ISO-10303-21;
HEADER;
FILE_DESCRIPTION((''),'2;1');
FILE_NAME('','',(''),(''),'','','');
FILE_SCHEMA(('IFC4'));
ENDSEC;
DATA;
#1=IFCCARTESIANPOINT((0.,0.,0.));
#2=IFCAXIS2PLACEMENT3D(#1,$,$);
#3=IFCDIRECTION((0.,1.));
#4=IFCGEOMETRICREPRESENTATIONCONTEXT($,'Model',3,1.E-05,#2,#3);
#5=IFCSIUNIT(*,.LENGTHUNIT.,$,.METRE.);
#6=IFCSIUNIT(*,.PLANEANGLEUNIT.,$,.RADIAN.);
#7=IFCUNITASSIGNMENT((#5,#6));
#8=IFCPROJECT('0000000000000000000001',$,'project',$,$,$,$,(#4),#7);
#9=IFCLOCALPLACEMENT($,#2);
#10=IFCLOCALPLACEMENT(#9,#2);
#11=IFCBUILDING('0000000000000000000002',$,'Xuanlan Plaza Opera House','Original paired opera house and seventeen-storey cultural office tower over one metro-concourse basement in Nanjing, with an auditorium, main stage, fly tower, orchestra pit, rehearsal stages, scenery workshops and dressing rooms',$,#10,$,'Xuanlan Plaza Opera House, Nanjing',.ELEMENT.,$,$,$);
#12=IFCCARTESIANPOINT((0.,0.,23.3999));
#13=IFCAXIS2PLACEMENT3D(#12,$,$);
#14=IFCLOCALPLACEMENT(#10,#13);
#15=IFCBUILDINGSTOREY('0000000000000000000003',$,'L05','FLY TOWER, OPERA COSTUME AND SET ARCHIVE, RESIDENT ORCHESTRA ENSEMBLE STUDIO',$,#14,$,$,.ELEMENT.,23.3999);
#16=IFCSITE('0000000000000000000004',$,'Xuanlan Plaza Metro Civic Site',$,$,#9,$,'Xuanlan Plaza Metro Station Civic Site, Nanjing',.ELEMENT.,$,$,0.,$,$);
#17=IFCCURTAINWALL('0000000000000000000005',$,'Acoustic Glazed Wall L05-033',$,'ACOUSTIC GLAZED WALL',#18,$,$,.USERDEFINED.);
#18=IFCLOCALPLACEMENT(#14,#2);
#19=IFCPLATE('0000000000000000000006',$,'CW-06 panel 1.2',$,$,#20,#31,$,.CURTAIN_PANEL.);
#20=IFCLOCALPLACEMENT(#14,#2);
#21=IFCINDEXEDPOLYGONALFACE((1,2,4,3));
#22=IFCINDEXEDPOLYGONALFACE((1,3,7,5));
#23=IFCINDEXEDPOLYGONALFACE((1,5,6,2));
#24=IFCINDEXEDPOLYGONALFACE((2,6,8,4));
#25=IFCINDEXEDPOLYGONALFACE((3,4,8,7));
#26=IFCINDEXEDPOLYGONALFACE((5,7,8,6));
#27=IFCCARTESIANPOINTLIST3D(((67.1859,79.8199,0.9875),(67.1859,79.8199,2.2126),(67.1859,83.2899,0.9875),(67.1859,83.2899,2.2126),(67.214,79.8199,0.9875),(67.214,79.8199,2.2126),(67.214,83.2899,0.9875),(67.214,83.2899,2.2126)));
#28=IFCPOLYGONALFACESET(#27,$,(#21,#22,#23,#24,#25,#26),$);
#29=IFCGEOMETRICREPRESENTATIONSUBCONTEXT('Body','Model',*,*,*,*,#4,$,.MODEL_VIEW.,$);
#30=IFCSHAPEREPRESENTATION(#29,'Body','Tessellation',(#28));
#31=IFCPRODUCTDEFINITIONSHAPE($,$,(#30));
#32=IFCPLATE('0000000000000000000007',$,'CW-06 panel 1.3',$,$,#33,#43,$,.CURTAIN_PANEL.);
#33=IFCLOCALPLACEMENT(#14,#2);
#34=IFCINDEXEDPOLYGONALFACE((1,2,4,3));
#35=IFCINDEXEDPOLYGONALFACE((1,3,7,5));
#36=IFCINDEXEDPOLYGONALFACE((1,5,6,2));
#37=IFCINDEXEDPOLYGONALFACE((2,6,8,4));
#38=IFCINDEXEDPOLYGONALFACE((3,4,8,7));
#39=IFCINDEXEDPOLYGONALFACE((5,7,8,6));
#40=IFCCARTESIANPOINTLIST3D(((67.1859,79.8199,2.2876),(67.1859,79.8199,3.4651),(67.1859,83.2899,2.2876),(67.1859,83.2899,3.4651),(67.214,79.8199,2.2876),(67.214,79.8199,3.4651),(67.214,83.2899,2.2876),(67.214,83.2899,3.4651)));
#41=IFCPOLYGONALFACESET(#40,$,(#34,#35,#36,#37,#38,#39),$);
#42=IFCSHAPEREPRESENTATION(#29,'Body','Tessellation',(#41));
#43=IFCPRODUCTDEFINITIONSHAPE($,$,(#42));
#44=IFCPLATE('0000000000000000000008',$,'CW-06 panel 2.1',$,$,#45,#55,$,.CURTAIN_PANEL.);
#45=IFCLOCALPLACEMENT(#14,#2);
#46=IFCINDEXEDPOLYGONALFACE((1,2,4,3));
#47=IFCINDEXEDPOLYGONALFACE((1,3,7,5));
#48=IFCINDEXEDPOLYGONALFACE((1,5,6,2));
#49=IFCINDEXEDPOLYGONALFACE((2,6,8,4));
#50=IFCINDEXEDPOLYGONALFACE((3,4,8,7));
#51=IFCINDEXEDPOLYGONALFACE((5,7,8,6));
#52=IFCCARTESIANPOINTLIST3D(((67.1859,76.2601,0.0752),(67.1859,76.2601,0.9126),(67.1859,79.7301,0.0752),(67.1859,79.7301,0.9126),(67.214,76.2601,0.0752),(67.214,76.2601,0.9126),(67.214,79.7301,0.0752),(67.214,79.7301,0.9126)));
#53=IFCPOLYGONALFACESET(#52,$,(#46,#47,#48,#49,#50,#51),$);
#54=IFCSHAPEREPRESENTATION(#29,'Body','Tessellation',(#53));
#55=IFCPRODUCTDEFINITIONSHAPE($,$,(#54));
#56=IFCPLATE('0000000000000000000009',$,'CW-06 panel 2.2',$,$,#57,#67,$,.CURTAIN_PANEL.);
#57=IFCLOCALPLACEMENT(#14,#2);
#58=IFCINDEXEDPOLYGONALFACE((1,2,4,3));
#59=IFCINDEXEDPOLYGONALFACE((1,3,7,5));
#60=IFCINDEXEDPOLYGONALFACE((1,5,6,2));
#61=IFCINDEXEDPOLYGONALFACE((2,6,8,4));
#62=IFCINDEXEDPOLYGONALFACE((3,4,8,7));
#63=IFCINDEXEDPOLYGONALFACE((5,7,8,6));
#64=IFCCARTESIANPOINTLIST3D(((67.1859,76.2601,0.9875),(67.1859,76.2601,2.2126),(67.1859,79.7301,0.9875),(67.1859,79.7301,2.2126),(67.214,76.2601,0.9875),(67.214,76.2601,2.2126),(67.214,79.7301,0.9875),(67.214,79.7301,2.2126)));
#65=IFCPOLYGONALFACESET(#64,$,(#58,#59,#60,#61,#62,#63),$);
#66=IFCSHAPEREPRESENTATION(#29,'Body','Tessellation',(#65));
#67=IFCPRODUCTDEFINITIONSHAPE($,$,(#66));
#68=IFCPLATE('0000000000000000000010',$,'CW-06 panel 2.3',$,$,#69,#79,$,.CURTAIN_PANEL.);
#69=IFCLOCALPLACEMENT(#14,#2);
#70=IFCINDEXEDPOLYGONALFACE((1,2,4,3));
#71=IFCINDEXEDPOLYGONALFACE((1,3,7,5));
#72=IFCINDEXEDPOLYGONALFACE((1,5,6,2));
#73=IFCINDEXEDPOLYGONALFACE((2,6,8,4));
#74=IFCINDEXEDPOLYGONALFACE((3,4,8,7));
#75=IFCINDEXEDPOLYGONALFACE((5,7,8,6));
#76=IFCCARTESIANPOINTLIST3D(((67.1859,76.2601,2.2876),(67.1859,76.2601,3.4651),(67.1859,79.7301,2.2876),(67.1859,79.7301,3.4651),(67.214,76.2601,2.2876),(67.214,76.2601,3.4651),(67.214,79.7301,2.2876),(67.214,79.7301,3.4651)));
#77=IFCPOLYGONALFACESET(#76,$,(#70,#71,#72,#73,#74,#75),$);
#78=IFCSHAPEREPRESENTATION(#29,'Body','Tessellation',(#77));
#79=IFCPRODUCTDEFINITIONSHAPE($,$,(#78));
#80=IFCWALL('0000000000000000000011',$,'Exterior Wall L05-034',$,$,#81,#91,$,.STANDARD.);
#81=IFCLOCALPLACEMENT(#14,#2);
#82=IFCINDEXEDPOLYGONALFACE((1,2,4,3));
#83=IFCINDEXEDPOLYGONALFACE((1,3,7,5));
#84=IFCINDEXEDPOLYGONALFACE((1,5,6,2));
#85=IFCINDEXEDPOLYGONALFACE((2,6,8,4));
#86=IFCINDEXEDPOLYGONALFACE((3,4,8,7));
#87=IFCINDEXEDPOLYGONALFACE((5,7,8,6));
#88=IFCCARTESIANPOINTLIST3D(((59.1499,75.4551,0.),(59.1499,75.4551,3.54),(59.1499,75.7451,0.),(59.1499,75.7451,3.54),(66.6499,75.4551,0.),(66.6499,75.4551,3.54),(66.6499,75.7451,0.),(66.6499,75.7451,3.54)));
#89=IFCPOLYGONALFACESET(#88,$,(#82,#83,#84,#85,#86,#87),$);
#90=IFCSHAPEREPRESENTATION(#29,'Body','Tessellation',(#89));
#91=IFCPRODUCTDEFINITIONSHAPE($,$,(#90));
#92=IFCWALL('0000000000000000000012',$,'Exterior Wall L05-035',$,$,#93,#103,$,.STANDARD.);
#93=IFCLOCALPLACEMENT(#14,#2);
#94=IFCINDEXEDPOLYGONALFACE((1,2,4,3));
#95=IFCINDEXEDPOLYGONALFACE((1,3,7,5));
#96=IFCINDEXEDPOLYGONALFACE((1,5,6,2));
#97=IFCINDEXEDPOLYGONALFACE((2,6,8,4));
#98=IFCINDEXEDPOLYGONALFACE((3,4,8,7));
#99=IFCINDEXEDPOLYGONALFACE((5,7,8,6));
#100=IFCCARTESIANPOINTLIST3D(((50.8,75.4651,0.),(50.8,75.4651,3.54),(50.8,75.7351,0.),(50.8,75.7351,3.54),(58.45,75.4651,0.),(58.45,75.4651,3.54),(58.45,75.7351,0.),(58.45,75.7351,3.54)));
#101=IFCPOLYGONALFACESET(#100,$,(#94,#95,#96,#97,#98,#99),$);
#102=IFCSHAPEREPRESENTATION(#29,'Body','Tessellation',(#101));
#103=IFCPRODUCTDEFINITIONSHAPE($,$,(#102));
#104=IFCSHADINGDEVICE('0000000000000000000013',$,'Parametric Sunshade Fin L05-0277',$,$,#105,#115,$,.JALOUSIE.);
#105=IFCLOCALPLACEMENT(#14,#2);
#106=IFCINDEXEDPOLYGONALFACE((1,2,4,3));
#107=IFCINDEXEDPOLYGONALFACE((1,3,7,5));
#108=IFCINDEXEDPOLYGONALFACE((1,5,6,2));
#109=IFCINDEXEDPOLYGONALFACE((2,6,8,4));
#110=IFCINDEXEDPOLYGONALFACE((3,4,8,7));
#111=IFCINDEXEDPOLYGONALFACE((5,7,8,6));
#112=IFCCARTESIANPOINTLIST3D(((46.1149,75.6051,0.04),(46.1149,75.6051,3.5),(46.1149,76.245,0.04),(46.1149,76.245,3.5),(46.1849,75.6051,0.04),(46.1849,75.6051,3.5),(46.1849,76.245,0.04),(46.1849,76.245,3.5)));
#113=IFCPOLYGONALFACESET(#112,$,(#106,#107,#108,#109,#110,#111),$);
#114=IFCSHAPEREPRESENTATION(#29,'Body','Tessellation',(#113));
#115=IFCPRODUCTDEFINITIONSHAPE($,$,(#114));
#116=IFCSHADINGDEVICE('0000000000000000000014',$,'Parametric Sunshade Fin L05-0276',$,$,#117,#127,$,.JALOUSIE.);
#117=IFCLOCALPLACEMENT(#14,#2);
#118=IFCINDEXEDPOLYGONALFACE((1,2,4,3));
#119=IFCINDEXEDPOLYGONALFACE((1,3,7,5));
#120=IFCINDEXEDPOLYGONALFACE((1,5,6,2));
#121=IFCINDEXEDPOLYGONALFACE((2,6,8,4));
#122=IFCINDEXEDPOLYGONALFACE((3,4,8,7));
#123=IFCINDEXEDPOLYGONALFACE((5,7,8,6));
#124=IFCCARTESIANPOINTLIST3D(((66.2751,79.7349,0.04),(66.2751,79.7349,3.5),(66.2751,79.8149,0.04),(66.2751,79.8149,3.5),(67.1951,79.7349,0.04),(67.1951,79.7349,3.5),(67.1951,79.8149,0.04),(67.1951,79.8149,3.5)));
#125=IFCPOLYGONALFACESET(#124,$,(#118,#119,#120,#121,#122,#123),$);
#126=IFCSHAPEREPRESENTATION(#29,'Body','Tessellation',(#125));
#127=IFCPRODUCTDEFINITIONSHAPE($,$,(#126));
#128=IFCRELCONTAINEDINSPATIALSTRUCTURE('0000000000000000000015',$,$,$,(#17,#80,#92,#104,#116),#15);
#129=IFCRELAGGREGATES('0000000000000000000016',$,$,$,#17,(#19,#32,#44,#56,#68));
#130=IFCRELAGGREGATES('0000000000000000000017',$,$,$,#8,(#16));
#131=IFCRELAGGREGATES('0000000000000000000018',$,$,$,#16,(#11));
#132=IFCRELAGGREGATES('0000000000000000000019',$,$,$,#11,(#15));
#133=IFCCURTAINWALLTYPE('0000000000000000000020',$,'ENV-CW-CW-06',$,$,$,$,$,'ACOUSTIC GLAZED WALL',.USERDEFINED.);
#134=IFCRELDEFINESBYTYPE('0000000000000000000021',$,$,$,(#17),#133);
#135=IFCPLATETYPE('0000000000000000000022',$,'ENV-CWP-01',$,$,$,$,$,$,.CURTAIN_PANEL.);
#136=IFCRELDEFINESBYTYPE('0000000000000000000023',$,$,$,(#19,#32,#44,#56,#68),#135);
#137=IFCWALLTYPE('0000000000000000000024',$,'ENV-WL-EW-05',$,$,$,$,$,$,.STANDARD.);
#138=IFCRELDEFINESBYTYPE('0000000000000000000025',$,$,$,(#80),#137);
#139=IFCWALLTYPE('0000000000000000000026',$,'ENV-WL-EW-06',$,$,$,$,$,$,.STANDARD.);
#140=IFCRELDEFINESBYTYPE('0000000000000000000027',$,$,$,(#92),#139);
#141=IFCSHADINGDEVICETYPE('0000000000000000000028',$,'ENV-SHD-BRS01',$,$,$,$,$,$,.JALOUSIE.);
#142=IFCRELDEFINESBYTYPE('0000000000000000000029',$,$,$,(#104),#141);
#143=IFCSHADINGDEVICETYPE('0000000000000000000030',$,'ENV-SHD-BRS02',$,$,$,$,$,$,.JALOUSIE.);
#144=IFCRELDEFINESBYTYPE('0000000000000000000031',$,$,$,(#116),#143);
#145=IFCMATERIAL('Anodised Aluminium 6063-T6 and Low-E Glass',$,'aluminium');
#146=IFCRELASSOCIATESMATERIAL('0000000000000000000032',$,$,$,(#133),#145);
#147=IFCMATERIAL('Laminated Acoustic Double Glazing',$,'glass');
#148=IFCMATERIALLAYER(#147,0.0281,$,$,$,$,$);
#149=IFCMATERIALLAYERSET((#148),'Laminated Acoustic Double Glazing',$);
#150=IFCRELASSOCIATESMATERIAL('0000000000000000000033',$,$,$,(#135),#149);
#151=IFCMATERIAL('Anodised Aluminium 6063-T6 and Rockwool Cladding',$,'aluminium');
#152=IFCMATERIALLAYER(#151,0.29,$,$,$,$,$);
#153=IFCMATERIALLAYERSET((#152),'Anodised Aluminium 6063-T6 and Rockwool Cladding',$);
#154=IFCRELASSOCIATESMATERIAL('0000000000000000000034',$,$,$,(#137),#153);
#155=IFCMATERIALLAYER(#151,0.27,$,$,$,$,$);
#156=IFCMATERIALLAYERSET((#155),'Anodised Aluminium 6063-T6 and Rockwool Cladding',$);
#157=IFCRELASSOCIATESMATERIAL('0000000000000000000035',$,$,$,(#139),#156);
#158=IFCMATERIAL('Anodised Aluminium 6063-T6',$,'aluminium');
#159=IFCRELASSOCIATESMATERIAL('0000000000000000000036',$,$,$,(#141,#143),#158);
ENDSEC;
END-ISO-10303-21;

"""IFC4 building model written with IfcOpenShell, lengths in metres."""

from ifc_helpers import new_model, si_unit, direction, frame, frame_2d, origin, origin_2d, place, context, subcontext, project, spatial, rectangle, extrude, material, layer, layer_set, type_object, element, aggregate, save


model = new_model("IFC4")

# Units and contexts
model_context = context("Model", 3, precision=1e-05, world=origin(), true_north=direction((0.0, 1.0)))
body_context = subcontext(model_context, "Body", "Model", "MODEL_VIEW")
ifc_project = project(units=[si_unit("LENGTHUNIT", "METRE"), si_unit("PLANEANGLEUNIT", "RADIAN")], contexts=[model_context])

# Site, building, storey
site_placement = place(None, origin())
site = spatial("IfcSite", under=ifc_project, at=site_placement, Name="Xuanlan Plaza Metro Civic Site", LongName="Xuanlan Plaza Metro Station Civic Site, Nanjing", CompositionType="ELEMENT", RefElevation=0.0)
building_placement = place(site_placement, origin())
building = spatial("IfcBuilding", under=site, at=building_placement, Name="Xuanlan Plaza Opera House", Description="Original paired opera house and seventeen-storey cultural office tower over one metro-concourse basement in Nanjing, with an auditorium, main stage, fly tower, orchestra pit, rehearsal stages, scenery workshops and dressing rooms", LongName="Xuanlan Plaza Opera House, Nanjing", CompositionType="ELEMENT")
storey_placement = place(building_placement, frame((0.0, 0.0, 23.3999)))
storey = spatial("IfcBuildingStorey", under=building, at=storey_placement, Name="L05", Description="FLY TOWER, OPERA COSTUME AND SET ARCHIVE, RESIDENT ORCHESTRA ENSEMBLE STUDIO", CompositionType="ELEMENT", Elevation=23.3999)

# Shared definitions
ifc_material_1 = material(Name="Anodised Aluminium 6063-T6 and Low-E Glass", Category="aluminium")
ifc_material_2 = material(Name="Anodised Aluminium 6063-T6", Category="aluminium")

# Curtain wall
curtain_wall_type_1 = type_object("IfcCurtainWallType", Name="ENV-CW-CW-06", ElementType="ACOUSTIC GLAZED WALL", PredefinedType="USERDEFINED", material=ifc_material_1)
curtain_wall_1_placement = place(storey_placement, origin())
curtain_wall_1 = element("IfcCurtainWall", 1, at=curtain_wall_1_placement, inside=storey, type_object=curtain_wall_type_1, Name="Acoustic Glazed Wall L05-033", ObjectType="ACOUSTIC GLAZED WALL", PredefinedType="USERDEFINED")

# Plates
ifc_material_3 = material(Name="Laminated Acoustic Double Glazing", Category="glass")
ifc_layer_1 = layer(ifc_material_3, 0.0281)
ifc_layer_set_1 = layer_set([ifc_layer_1], Name="Laminated Acoustic Double Glazing")
plate_type = type_object("IfcPlateType", Name="ENV-CWP-01", PredefinedType="CURTAIN_PANEL", material=ifc_layer_set_1)
plate_1_placement = place(storey_placement, frame((67.2, 81.5549, 0.9875), z_axis=(0.0, 0.0, 1.0), x_axis=(0.0, -1.0, 0.0)))
plate_1 = element("IfcPlate", 2, at=plate_1_placement, type_object=plate_type, Name="CW-06 panel 1.2", PredefinedType="CURTAIN_PANEL", context=body_context, shape_type="SweptSolid", body=[
    extrude(rectangle(XDim=3.47, YDim=0.0281, at=origin_2d()), origin(), (0.0, 0.0, 1.0), 1.2251),
])
plate_2_placement = place(storey_placement, frame((67.2, 81.5549, 2.2876), z_axis=(0.0, 0.0, 1.0), x_axis=(0.0, -1.0, 0.0)))
plate_2 = element("IfcPlate", 3, at=plate_2_placement, type_object=plate_type, Name="CW-06 panel 1.3", PredefinedType="CURTAIN_PANEL", context=body_context, shape_type="SweptSolid", body=[
    extrude(rectangle(XDim=3.47, YDim=0.0281, at=origin_2d()), origin(), (0.0, 0.0, 1.0), 1.1775),
])
plate_3_placement = place(storey_placement, frame((67.2, 77.9951, 0.0752), z_axis=(0.0, 0.0, 1.0), x_axis=(0.0, -1.0, 0.0)))
plate_3 = element("IfcPlate", 4, at=plate_3_placement, type_object=plate_type, Name="CW-06 panel 2.1", PredefinedType="CURTAIN_PANEL", context=body_context, shape_type="SweptSolid", body=[
    extrude(rectangle(XDim=3.47, YDim=0.0281, at=origin_2d()), origin(), (0.0, 0.0, 1.0), 0.8374),
])
plate_4_placement = place(storey_placement, frame((67.2, 77.9951, 0.9875), z_axis=(0.0, 0.0, 1.0), x_axis=(0.0, -1.0, 0.0)))
plate_4 = element("IfcPlate", 5, at=plate_4_placement, type_object=plate_type, Name="CW-06 panel 2.2", PredefinedType="CURTAIN_PANEL", context=body_context, shape_type="SweptSolid", body=[
    extrude(rectangle(XDim=3.47, YDim=0.0281, at=origin_2d()), origin(), (0.0, 0.0, 1.0), 1.2251),
])
plate_5_placement = place(storey_placement, frame((67.2, 77.9951, 2.2876), z_axis=(0.0, 0.0, 1.0), x_axis=(0.0, -1.0, 0.0)))
plate_5 = element("IfcPlate", 6, at=plate_5_placement, type_object=plate_type, Name="CW-06 panel 2.3", PredefinedType="CURTAIN_PANEL", context=body_context, shape_type="SweptSolid", body=[
    extrude(rectangle(XDim=3.47, YDim=0.0281, at=origin_2d()), origin(), (0.0, 0.0, 1.0), 1.1775),
])
aggregate(curtain_wall_1, [plate_1, plate_2, plate_3, plate_4, plate_5])

# Walls
ifc_material_4 = material(Name="Anodised Aluminium 6063-T6 and Rockwool Cladding", Category="aluminium")
ifc_layer_2 = layer(ifc_material_4, 0.29)
ifc_layer_set_2 = layer_set([ifc_layer_2], Name="Anodised Aluminium 6063-T6 and Rockwool Cladding")
wall_type_1 = type_object("IfcWallType", Name="ENV-WL-EW-05", PredefinedType="STANDARD", material=ifc_layer_set_2)
wall_1_placement = place(storey_placement, frame((66.6499, 75.6001, 0.0), z_axis=(0.0, 0.0, 1.0), x_axis=(-1.0, 0.0, 0.0)))
element("IfcWall", 7, at=wall_1_placement, inside=storey, type_object=wall_type_1, Name="Exterior Wall L05-034", PredefinedType="STANDARD", context=body_context, shape_type="SweptSolid", body=[
    extrude(rectangle(XDim=7.5, YDim=0.29, at=frame_2d((3.75, 0.0))), origin(), (0.0, 0.0, 1.0), 3.54),
])
ifc_layer_3 = layer(ifc_material_4, 0.27)
ifc_layer_set_3 = layer_set([ifc_layer_3], Name="Anodised Aluminium 6063-T6 and Rockwool Cladding")
wall_type_2 = type_object("IfcWallType", Name="ENV-WL-EW-06", PredefinedType="STANDARD", material=ifc_layer_set_3)
wall_2_placement = place(storey_placement, frame((58.45, 75.6001, 0.0), z_axis=(0.0, 0.0, 1.0), x_axis=(-1.0, 0.0, 0.0)))
element("IfcWall", 8, at=wall_2_placement, inside=storey, type_object=wall_type_2, Name="Exterior Wall L05-035", PredefinedType="STANDARD", context=body_context, shape_type="SweptSolid", body=[
    extrude(rectangle(XDim=7.6499, YDim=0.27, at=frame_2d((3.825, 0.0))), origin(), (0.0, 0.0, 1.0), 3.54),
])

# Shading devices
shading_device_type_1 = type_object("IfcShadingDeviceType", Name="ENV-SHD-BRS01", PredefinedType="JALOUSIE", material=ifc_material_2)
shading_device_1_placement = place(storey_placement, frame((46.1499, 75.925, 0.04), z_axis=(0.0, 0.0, 1.0), x_axis=(0.0, 1.0, 0.0)))
element("IfcShadingDevice", 9, at=shading_device_1_placement, inside=storey, type_object=shading_device_type_1, Name="Parametric Sunshade Fin L05-0277", PredefinedType="JALOUSIE", context=body_context, shape_type="SweptSolid", body=[
    extrude(rectangle(XDim=0.6399, YDim=0.0701, at=origin_2d()), origin(), (0.0, 0.0, 1.0), 3.46),
])
shading_device_type_2 = type_object("IfcShadingDeviceType", Name="ENV-SHD-BRS02", PredefinedType="JALOUSIE", material=ifc_material_2)
shading_device_2_placement = place(storey_placement, frame((66.7351, 79.7749, 0.04), z_axis=(0.0, 0.0, 1.0), x_axis=(-1.0, 0.0, 0.0)))
element("IfcShadingDevice", 10, at=shading_device_2_placement, inside=storey, type_object=shading_device_type_2, Name="Parametric Sunshade Fin L05-0276", PredefinedType="JALOUSIE", context=body_context, shape_type="SweptSolid", body=[
    extrude(rectangle(XDim=0.9199, YDim=0.0801, at=origin_2d()), origin(), (0.0, 0.0, 1.0), 3.46),
])

save(model, "model.ifc")
